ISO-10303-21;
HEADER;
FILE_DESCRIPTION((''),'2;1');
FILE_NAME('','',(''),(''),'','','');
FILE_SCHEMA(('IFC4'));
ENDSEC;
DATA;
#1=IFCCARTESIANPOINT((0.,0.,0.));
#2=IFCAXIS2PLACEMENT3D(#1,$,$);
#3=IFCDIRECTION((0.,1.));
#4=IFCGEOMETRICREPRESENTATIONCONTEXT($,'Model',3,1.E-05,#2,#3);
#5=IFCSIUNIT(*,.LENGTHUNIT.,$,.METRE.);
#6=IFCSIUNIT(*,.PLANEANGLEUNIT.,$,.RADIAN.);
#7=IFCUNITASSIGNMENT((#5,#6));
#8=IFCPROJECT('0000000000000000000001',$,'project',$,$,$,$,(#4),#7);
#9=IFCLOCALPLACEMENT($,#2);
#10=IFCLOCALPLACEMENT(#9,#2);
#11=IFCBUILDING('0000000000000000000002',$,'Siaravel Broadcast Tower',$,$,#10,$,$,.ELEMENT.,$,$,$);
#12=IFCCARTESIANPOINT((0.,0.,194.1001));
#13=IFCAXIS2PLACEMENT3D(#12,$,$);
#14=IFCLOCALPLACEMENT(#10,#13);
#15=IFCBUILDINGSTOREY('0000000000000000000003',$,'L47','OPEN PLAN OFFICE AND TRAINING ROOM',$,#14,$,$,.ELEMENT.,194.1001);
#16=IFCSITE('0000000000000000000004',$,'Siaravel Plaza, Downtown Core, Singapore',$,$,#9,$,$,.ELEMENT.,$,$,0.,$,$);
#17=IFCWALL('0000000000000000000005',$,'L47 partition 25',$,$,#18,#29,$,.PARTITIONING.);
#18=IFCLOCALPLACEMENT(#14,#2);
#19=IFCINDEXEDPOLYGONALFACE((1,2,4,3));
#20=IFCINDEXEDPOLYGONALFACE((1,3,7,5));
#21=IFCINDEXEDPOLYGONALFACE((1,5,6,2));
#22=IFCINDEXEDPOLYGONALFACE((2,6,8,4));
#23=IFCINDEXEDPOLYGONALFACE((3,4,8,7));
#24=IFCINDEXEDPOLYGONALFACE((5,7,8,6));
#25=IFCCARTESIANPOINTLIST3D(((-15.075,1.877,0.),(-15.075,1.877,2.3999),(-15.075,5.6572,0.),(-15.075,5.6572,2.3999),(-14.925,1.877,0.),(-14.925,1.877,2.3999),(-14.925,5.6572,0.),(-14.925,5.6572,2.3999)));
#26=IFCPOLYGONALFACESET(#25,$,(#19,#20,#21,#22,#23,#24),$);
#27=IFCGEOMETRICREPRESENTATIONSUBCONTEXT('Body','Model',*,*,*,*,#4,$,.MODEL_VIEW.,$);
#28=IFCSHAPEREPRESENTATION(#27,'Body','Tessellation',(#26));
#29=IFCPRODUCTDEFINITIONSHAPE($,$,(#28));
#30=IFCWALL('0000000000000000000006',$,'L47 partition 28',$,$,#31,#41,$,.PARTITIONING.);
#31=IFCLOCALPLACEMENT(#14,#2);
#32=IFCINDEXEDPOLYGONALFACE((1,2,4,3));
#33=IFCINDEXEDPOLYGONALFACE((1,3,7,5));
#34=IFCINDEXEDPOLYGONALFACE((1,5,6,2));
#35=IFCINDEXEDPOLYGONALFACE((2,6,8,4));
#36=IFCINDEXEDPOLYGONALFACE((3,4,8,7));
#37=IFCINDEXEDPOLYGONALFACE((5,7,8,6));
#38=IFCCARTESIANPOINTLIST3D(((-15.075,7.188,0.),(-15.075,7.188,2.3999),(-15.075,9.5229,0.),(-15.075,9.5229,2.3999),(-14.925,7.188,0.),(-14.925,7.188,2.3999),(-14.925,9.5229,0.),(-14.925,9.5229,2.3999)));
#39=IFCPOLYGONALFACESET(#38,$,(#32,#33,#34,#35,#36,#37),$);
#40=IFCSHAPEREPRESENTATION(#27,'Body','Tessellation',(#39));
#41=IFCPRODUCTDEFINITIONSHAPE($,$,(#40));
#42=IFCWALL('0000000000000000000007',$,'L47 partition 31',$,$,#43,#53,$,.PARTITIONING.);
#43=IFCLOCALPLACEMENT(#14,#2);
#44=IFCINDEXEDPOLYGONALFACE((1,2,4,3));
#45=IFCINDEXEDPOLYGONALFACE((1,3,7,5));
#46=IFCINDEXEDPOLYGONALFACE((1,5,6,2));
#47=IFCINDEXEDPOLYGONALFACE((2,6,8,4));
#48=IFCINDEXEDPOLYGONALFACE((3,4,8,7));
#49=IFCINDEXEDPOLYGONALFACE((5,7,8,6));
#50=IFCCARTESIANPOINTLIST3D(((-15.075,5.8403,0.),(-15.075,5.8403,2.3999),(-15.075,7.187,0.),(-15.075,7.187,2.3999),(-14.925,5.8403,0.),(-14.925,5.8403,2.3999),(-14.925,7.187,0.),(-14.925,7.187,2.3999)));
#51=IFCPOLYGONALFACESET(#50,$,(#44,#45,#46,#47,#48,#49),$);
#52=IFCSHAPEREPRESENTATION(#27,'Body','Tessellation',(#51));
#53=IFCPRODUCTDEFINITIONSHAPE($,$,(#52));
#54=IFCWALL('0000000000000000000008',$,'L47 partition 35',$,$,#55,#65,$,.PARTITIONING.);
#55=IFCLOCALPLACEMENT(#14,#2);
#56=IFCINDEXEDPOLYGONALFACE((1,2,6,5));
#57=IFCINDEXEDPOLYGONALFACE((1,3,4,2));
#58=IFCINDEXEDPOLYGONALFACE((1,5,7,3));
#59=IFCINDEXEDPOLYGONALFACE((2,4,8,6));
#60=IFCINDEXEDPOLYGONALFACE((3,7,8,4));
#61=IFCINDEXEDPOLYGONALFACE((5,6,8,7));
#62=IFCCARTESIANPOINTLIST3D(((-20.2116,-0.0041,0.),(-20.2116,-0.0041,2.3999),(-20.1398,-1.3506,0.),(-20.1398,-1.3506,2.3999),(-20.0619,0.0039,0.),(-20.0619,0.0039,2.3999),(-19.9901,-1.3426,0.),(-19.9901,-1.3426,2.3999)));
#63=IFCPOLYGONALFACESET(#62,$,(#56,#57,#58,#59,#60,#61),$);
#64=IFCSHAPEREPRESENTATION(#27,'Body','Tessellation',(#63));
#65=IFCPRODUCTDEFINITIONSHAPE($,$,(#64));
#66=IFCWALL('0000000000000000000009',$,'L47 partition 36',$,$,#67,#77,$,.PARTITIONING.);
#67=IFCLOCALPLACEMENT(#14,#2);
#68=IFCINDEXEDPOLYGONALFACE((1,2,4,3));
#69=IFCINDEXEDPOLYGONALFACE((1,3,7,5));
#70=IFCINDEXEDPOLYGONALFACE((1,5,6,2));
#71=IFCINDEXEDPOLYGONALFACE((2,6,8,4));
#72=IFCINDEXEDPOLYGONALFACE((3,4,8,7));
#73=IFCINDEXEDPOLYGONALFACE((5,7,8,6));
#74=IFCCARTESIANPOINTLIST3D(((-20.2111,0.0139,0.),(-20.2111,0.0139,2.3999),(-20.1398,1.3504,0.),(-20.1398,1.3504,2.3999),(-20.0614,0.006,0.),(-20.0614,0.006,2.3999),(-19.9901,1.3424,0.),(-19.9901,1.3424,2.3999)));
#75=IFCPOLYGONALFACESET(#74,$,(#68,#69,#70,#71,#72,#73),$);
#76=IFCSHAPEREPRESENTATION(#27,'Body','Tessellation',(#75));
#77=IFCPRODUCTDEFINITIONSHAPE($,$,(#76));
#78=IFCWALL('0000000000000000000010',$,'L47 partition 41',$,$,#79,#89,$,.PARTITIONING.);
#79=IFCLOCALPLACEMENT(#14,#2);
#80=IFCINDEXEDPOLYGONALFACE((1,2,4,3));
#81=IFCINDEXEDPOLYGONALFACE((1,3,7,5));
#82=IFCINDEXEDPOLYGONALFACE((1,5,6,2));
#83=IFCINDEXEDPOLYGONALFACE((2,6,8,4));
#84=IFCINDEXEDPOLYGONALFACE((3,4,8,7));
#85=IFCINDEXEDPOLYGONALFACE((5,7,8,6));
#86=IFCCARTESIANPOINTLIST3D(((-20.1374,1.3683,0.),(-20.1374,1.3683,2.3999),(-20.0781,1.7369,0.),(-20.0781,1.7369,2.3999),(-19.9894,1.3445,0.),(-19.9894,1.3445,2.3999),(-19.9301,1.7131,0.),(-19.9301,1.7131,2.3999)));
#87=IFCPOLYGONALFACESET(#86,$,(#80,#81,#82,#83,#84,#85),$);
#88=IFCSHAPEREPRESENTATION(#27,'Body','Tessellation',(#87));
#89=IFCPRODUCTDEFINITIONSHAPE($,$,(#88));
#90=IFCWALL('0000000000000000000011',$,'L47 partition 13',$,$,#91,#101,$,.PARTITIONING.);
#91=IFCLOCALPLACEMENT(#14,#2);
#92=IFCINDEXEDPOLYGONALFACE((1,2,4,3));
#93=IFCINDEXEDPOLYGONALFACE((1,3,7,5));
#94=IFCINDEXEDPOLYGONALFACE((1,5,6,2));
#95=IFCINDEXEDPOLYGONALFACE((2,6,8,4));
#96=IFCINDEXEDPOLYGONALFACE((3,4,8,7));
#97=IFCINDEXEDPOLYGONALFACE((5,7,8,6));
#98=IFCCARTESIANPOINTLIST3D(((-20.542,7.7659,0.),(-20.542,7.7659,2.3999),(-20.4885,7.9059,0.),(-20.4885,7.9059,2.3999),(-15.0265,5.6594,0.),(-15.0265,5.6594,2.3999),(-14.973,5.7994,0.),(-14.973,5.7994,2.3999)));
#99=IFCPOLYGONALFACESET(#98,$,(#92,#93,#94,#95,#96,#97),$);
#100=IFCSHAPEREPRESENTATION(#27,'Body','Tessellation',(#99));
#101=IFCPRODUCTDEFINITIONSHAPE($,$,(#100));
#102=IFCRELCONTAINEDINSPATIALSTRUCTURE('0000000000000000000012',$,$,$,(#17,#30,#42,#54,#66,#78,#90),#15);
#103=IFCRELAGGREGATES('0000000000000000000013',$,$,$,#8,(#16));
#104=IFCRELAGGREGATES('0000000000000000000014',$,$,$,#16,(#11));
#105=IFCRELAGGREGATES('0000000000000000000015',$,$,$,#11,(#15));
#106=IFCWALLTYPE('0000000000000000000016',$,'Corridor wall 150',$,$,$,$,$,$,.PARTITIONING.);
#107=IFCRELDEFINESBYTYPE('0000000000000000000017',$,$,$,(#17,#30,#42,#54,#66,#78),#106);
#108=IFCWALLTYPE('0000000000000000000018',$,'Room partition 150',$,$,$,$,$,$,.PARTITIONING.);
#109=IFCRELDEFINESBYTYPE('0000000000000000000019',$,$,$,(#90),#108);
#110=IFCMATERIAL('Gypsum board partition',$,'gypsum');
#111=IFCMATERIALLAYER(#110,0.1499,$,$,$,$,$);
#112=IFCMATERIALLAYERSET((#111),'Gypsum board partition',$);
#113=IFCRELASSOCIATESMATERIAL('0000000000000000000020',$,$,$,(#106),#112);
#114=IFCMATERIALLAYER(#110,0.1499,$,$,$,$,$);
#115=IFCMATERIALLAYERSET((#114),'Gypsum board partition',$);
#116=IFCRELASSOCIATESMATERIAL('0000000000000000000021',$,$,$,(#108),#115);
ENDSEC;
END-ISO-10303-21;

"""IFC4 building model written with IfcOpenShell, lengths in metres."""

from ifc_helpers import new_model, si_unit, direction, frame, frame_2d, origin, place, context, subcontext, project, spatial, rectangle, extrude, material, layer, layer_set, type_object, element, save


model = new_model("IFC4")

# Units and contexts
model_context = context("Model", 3, precision=1e-05, world=origin(), true_north=direction((0.0, 1.0)))
body_context = subcontext(model_context, "Body", "Model", "MODEL_VIEW")
ifc_project = project(units=[si_unit("LENGTHUNIT", "METRE"), si_unit("PLANEANGLEUNIT", "RADIAN")], contexts=[model_context])

# Site, building, storey
site_placement = place(None, origin())
site = spatial("IfcSite", under=ifc_project, at=site_placement, Name="Siaravel Plaza, Downtown Core, Singapore", CompositionType="ELEMENT", RefElevation=0.0)
building_placement = place(site_placement, origin())
building = spatial("IfcBuilding", under=site, at=building_placement, Name="Siaravel Broadcast Tower", CompositionType="ELEMENT")
storey_placement = place(building_placement, frame((0.0, 0.0, 194.1001)))
storey = spatial("IfcBuildingStorey", under=building, at=storey_placement, Name="L47", Description="OPEN PLAN OFFICE AND TRAINING ROOM", CompositionType="ELEMENT", Elevation=194.1001)

# Walls
ifc_material_1 = material(Name="Gypsum board partition", Category="gypsum")
ifc_layer_1 = layer(ifc_material_1, 0.1499)
ifc_layer_set_1 = layer_set([ifc_layer_1], Name="Gypsum board partition")
wall_type_1 = type_object("IfcWallType", Name="Corridor wall 150", PredefinedType="PARTITIONING", material=ifc_layer_set_1)
wall_1_placement = place(storey_placement, frame((-15.0, 5.6572, 0.0), z_axis=(0.0, 0.0, 1.0), x_axis=(0.0, -1.0, 0.0)))
element("IfcWall", 1, at=wall_1_placement, inside=storey, type_object=wall_type_1, Name="L47 partition 25", PredefinedType="PARTITIONING", context=body_context, shape_type="SweptSolid", body=[
    extrude(rectangle(XDim=3.7803, YDim=0.1499, at=frame_2d((1.8901, 0.0))), origin(), (0.0, 0.0, 1.0), 2.3999),
])
wall_2_placement = place(storey_placement, frame((-15.0, 9.5229, 0.0), z_axis=(0.0, 0.0, 1.0), x_axis=(0.0, -1.0, 0.0)))
element("IfcWall", 2, at=wall_2_placement, inside=storey, type_object=wall_type_1, Name="L47 partition 28", PredefinedType="PARTITIONING", context=body_context, shape_type="SweptSolid", body=[
    extrude(rectangle(XDim=2.335, YDim=0.1499, at=frame_2d((1.1675, 0.0))), origin(), (0.0, 0.0, 1.0), 2.3999),
])
wall_3_placement = place(storey_placement, frame((-15.0, 7.187, 0.0), z_axis=(0.0, 0.0, 1.0), x_axis=(0.0, -1.0, 0.0)))
element("IfcWall", 3, at=wall_3_placement, inside=storey, type_object=wall_type_1, Name="L47 partition 31", PredefinedType="PARTITIONING", context=body_context, shape_type="SweptSolid", body=[
    extrude(rectangle(XDim=1.3467, YDim=0.1499, at=frame_2d((0.6733, 0.0))), origin(), (0.0, 0.0, 1.0), 2.3999),
])
wall_4_placement = place(storey_placement, frame((-20.1367, 0.0, 0.0), z_axis=(0.0, 0.0, 1.0), x_axis=(0.053234, -0.998582, 0.0)))
element("IfcWall", 4, at=wall_4_placement, inside=storey, type_object=wall_type_1, Name="L47 partition 35", PredefinedType="PARTITIONING", context=body_context, shape_type="SweptSolid", body=[
    extrude(rectangle(XDim=1.3484, YDim=0.1499, at=frame_2d((0.6743, 0.0))), origin(), (0.0, 0.0, 1.0), 2.3999),
])
wall_5_placement = place(storey_placement, frame((-20.0649, 1.3464, 0.0), z_axis=(0.0, 0.0, 1.0), x_axis=(-0.053267, -0.99858, 0.0)))
element("IfcWall", 5, at=wall_5_placement, inside=storey, type_object=wall_type_1, Name="L47 partition 36", PredefinedType="PARTITIONING", context=body_context, shape_type="SweptSolid", body=[
    extrude(rectangle(XDim=1.3384, YDim=0.1499, at=frame_2d((0.6692, 0.0))), origin(), (0.0, 0.0, 1.0), 2.3999),
])
wall_6_placement = place(storey_placement, frame((-20.0042, 1.7249, 0.0), z_axis=(0.0, 0.0, 1.0), x_axis=(-0.158883, -0.987297, 0.0)))
element("IfcWall", 6, at=wall_6_placement, inside=storey, type_object=wall_type_1, Name="L47 partition 41", PredefinedType="PARTITIONING", context=body_context, shape_type="SweptSolid", body=[
    extrude(rectangle(XDim=0.3733, YDim=0.1499, at=frame_2d((0.1865, 0.0))), origin(), (0.0, 0.0, 1.0), 2.3999),
])
ifc_layer_2 = layer(ifc_material_1, 0.1499)
ifc_layer_set_2 = layer_set([ifc_layer_2], Name="Gypsum board partition")
wall_type_2 = type_object("IfcWallType", Name="Room partition 150", PredefinedType="PARTITIONING", material=ifc_layer_set_2)
wall_7_placement = place(storey_placement, frame((-20.5154, 7.8359, 0.0), z_axis=(0.0, 0.0, 1.0), x_axis=(0.934186, -0.356786, 0.0)))
element("IfcWall", 7, at=wall_7_placement, inside=storey, type_object=wall_type_2, Name="L47 partition 13", PredefinedType="PARTITIONING", context=body_context, shape_type="SweptSolid", body=[
    extrude(rectangle(XDim=5.9041, YDim=0.1499, at=frame_2d((2.9521, 0.0))), origin(), (0.0, 0.0, 1.0), 2.3999),
])

save(model, "model.ifc")
